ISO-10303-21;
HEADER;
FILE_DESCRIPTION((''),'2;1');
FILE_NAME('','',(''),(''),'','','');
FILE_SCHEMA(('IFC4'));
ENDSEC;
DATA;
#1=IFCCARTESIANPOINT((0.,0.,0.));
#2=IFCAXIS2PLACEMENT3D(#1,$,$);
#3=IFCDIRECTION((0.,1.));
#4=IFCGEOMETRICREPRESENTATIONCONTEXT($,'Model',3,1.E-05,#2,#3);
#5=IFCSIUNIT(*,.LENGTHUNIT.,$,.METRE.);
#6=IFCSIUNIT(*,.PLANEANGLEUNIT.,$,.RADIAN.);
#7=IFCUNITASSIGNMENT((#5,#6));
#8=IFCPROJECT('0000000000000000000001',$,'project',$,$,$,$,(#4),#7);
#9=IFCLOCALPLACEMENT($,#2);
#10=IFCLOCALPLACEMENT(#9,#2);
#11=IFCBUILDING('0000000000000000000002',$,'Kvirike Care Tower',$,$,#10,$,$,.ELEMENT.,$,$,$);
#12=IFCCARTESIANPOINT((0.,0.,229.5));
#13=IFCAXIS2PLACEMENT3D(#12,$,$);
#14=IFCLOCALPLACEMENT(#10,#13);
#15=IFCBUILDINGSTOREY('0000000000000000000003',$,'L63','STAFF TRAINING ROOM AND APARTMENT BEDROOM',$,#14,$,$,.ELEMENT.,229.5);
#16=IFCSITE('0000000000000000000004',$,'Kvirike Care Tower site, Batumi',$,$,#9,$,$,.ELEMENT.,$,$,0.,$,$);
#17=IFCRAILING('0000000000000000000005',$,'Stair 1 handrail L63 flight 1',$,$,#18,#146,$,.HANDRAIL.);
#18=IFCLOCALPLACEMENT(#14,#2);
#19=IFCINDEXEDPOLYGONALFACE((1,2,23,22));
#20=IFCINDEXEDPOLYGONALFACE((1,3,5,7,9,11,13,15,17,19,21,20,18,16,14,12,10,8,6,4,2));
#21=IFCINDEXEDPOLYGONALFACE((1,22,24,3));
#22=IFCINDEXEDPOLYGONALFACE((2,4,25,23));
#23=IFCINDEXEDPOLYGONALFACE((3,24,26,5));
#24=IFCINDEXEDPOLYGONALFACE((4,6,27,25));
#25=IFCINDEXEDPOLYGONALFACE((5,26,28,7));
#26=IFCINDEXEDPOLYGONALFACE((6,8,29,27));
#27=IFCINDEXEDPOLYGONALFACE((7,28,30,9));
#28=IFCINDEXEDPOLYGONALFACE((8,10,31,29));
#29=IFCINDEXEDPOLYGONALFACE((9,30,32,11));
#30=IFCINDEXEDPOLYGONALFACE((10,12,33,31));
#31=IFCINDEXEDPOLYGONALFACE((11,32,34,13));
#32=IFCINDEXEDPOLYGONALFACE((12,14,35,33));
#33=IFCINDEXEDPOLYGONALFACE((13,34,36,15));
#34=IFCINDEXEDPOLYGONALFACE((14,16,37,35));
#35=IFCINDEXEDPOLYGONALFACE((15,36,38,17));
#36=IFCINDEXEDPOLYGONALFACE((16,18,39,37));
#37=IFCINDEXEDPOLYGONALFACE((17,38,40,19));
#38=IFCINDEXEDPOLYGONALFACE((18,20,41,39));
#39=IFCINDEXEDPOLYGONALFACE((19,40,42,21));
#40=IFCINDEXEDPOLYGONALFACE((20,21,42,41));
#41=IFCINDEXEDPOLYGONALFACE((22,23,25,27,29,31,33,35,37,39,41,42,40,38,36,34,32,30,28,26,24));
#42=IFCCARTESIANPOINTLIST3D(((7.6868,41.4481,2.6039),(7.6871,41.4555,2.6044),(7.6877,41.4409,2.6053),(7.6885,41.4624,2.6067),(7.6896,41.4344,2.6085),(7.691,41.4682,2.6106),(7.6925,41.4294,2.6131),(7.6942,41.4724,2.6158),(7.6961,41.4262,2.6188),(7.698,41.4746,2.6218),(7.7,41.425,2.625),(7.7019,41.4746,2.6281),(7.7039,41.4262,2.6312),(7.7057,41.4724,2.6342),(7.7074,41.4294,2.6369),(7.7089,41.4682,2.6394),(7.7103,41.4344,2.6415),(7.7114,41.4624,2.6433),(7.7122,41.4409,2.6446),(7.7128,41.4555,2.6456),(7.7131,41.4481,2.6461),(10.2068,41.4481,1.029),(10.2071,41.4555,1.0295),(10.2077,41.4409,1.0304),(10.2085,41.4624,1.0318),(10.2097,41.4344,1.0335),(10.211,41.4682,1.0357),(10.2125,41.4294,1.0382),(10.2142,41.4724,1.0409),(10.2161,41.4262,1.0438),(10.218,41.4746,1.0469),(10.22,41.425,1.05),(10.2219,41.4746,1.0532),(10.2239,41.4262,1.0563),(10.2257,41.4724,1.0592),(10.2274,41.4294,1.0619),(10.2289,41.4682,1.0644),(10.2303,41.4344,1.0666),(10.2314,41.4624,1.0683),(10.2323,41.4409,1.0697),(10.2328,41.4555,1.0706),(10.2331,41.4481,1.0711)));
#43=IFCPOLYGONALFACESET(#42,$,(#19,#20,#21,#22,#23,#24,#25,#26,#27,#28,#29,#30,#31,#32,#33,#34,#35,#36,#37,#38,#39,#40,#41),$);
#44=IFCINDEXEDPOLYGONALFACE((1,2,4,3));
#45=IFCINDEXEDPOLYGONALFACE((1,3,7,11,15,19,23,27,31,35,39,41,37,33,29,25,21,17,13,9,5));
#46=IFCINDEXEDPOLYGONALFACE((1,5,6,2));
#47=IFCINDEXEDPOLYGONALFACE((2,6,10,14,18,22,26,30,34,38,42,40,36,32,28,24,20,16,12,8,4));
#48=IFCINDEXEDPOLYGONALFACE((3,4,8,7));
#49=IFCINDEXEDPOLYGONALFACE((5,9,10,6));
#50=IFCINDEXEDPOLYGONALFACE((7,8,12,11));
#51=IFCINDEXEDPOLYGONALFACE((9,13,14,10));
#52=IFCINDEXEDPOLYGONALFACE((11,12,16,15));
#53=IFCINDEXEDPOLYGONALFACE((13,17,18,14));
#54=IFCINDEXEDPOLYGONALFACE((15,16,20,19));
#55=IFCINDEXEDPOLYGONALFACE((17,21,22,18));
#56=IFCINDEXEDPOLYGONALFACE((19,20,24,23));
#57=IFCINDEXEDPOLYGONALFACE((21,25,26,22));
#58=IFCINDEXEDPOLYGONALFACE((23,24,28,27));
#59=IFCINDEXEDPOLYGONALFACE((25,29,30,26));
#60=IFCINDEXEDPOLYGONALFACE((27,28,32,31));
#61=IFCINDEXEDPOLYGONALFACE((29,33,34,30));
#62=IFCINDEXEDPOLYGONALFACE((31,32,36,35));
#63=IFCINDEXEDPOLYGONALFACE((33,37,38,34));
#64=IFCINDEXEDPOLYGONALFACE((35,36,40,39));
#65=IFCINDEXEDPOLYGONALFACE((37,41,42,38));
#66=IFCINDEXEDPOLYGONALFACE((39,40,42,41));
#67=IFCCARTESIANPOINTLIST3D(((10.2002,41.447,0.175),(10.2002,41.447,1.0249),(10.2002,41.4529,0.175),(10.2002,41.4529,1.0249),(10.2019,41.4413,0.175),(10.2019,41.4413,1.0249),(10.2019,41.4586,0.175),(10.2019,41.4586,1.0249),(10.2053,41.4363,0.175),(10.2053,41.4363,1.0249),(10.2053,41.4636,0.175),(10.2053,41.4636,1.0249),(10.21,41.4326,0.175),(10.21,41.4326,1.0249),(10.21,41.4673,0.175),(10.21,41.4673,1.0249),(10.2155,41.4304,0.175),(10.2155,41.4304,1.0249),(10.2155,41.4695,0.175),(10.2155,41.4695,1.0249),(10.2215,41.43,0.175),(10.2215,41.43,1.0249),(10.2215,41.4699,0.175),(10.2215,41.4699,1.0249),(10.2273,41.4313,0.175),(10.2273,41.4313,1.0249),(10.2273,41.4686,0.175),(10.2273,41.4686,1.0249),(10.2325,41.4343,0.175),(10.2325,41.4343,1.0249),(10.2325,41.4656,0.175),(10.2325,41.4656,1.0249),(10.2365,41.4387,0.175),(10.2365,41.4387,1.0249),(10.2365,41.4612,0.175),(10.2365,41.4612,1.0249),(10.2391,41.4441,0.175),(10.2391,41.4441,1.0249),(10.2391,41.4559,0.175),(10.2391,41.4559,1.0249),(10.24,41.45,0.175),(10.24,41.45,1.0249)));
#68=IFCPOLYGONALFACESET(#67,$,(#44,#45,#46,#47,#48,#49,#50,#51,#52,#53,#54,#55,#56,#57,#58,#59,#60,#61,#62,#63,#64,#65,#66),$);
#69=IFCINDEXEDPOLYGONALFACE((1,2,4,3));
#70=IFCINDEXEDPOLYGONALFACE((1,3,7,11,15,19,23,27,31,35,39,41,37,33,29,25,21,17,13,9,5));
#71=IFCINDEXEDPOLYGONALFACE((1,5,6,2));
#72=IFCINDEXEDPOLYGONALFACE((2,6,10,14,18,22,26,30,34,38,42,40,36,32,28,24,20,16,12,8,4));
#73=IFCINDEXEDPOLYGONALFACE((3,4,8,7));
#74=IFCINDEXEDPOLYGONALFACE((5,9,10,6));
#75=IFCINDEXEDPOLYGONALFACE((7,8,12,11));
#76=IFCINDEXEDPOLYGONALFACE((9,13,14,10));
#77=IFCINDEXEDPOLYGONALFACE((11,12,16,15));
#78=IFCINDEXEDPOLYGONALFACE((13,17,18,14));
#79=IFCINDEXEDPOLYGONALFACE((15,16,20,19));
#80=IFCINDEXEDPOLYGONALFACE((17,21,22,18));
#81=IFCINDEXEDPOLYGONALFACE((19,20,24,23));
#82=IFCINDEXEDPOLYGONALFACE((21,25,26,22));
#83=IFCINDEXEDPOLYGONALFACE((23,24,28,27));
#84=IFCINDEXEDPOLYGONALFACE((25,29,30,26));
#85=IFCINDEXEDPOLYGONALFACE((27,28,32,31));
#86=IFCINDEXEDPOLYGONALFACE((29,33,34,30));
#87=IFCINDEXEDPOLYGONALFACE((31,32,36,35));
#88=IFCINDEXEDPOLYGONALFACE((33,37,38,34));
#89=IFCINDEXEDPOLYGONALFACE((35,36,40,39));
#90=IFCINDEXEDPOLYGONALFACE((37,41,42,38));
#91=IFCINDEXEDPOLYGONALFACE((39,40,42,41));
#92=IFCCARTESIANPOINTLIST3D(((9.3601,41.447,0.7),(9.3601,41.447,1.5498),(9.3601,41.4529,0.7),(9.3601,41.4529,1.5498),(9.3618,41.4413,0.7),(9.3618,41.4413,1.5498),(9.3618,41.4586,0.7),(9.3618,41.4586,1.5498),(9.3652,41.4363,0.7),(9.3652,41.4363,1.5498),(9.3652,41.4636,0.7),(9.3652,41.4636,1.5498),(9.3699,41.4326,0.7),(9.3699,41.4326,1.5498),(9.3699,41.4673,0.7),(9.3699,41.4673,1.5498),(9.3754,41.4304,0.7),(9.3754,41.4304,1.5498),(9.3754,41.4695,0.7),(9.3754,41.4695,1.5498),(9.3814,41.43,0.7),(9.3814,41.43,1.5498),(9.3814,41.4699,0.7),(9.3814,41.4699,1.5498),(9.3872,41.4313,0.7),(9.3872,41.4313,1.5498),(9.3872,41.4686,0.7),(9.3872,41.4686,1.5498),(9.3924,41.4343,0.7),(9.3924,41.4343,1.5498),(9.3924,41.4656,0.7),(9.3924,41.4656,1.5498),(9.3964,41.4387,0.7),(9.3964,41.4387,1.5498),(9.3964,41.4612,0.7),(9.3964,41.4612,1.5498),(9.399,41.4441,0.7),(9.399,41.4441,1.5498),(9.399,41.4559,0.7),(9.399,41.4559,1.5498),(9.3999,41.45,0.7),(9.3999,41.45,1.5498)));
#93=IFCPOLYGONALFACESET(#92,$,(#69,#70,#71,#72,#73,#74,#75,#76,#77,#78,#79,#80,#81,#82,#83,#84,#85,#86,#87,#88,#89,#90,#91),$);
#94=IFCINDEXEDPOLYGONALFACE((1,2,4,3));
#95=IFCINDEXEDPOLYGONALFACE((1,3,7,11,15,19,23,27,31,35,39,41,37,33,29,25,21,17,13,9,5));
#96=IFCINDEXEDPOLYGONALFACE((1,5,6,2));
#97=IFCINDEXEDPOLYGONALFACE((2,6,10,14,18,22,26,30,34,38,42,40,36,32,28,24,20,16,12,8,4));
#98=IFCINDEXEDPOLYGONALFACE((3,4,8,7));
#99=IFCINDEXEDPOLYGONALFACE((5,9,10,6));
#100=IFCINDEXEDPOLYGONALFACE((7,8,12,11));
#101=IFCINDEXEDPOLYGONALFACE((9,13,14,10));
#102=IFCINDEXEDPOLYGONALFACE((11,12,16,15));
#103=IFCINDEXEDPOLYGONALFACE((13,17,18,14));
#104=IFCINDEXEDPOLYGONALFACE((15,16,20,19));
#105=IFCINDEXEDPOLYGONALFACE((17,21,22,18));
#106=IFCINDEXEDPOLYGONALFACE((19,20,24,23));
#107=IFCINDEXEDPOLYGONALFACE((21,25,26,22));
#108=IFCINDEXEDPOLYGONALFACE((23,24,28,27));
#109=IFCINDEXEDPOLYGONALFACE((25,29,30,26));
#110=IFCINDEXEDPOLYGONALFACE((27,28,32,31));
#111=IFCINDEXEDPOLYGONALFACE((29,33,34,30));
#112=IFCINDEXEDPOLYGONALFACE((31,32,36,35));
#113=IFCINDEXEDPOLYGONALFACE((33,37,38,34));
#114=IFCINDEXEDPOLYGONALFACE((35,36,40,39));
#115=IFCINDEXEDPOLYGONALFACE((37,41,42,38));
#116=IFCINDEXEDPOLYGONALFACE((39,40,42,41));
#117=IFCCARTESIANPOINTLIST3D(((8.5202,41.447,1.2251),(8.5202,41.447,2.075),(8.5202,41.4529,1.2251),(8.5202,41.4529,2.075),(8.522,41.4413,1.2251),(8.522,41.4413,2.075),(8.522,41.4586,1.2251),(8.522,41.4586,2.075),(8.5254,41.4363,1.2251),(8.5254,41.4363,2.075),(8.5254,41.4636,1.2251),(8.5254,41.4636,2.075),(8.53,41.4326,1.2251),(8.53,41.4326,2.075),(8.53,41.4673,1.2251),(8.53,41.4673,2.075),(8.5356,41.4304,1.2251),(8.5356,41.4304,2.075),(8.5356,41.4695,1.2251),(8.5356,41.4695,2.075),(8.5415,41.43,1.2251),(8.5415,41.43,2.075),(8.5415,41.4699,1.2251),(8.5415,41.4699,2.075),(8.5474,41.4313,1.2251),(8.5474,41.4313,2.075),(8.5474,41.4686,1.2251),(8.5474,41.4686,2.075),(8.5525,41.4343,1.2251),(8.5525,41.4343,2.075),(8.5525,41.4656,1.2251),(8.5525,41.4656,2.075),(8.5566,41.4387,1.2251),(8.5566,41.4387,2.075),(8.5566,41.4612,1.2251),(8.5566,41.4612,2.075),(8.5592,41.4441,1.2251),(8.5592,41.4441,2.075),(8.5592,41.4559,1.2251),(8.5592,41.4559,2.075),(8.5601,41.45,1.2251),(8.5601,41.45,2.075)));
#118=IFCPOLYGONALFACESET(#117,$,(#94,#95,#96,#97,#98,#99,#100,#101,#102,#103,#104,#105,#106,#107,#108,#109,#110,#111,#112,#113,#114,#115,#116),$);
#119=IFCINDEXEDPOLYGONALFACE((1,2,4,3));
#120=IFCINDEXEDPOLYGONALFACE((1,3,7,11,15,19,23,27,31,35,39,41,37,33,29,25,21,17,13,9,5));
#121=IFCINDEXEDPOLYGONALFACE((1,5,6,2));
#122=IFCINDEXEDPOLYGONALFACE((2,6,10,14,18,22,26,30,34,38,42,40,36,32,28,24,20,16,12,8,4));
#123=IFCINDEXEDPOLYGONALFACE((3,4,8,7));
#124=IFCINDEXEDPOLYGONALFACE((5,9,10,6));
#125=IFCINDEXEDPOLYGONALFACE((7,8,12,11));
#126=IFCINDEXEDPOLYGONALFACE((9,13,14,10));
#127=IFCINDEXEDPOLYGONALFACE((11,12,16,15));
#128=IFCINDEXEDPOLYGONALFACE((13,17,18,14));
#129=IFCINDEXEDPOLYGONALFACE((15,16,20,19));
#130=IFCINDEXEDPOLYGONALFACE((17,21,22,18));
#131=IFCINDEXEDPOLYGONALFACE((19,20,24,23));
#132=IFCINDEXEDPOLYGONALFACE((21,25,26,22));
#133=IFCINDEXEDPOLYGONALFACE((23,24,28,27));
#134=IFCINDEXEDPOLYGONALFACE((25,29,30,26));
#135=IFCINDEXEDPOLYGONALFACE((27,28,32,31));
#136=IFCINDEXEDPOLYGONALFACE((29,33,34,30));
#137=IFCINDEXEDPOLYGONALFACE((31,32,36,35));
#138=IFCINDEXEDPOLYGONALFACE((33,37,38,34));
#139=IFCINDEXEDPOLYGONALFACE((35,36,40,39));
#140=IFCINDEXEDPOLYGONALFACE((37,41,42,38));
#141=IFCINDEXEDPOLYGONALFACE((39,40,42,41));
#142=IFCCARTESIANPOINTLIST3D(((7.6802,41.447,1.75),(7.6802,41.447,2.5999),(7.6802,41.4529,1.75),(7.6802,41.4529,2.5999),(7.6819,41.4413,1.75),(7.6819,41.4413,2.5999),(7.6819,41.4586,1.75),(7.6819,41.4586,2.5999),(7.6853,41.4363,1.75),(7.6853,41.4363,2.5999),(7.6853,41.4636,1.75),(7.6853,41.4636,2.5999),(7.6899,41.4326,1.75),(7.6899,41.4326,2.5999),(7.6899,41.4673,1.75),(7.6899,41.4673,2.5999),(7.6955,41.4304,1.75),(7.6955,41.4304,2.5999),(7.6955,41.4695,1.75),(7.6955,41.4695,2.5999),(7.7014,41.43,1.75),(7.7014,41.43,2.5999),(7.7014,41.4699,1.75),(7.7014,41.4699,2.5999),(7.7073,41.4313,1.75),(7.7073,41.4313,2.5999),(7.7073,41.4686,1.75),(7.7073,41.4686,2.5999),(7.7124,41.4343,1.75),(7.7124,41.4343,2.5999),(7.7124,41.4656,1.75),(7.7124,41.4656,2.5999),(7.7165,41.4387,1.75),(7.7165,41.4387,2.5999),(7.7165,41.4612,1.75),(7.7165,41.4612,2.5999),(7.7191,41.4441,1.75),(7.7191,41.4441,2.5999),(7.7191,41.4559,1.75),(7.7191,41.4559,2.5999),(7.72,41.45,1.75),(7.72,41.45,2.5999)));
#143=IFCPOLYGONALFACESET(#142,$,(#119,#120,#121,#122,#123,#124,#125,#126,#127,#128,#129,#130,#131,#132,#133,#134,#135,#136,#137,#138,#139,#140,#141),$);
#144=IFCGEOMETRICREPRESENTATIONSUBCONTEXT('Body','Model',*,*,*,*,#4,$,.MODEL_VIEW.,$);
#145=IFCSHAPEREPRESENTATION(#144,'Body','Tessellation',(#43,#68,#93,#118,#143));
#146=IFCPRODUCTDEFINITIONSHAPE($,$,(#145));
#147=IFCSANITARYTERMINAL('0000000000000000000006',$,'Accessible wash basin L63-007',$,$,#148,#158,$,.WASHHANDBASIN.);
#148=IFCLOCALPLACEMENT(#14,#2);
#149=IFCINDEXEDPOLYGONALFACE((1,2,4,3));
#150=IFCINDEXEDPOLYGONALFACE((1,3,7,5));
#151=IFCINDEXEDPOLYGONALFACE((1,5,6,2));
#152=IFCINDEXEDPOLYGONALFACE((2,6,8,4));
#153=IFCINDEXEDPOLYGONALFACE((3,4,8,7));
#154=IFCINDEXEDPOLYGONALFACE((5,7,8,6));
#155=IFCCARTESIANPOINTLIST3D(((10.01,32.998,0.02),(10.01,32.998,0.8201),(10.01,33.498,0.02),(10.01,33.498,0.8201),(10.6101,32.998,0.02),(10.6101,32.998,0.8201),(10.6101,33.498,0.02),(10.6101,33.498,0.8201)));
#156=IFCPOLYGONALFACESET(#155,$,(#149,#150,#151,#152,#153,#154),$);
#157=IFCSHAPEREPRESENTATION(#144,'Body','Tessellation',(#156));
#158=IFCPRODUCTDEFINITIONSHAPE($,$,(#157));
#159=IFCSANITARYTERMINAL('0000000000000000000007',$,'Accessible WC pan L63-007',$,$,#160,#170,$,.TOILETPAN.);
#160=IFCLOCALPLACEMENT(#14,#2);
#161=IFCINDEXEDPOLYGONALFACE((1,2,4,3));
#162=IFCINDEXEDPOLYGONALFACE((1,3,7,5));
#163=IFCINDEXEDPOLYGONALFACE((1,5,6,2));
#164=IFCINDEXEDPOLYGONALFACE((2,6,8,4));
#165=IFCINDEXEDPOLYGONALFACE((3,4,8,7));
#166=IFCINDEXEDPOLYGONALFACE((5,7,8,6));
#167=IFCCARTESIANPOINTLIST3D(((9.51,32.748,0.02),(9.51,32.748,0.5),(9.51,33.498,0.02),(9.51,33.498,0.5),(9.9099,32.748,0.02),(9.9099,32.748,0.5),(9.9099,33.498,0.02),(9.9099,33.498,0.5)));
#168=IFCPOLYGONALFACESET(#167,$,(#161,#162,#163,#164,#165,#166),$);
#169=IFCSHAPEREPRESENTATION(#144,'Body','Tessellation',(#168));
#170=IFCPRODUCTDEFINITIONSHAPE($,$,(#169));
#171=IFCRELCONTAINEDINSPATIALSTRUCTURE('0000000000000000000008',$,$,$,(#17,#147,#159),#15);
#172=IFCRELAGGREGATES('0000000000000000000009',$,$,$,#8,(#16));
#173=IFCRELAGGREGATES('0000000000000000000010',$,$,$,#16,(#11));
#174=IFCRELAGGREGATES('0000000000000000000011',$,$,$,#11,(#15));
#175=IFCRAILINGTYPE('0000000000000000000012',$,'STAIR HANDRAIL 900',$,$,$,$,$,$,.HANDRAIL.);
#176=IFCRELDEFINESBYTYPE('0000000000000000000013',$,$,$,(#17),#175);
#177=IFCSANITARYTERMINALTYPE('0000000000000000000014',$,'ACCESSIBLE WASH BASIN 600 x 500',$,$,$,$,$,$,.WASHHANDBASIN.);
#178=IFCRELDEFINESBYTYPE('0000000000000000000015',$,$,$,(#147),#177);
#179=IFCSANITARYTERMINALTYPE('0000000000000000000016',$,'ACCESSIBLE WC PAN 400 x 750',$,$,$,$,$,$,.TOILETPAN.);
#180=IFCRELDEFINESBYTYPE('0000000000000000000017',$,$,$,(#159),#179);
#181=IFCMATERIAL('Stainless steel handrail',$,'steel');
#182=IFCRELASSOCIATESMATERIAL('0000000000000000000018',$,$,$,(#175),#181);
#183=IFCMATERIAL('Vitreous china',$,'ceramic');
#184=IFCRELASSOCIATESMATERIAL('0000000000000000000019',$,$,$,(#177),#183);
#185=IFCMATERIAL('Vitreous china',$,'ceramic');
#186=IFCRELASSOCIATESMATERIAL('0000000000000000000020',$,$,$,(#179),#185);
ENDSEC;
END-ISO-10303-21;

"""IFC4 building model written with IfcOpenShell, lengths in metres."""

from ifc_helpers import new_model, si_unit, direction, frame, origin, origin_2d, place, context, subcontext, project, spatial, rectangle, circle, extrude, material, type_object, element, save


model = new_model("IFC4")

# Units and contexts
model_context = context("Model", 3, precision=1e-05, world=origin(), true_north=direction((0.0, 1.0)))
body_context = subcontext(model_context, "Body", "Model", "MODEL_VIEW")
ifc_project = project(units=[si_unit("LENGTHUNIT", "METRE"), si_unit("PLANEANGLEUNIT", "RADIAN")], contexts=[model_context])

# Site, building, storey
site_placement = place(None, origin())
site = spatial("IfcSite", under=ifc_project, at=site_placement, Name="Kvirike Care Tower site, Batumi", CompositionType="ELEMENT", RefElevation=0.0)
building_placement = place(site_placement, origin())
building = spatial("IfcBuilding", under=site, at=building_placement, Name="Kvirike Care Tower", CompositionType="ELEMENT")
storey_placement = place(building_placement, frame((0.0, 0.0, 229.5)))
storey = spatial("IfcBuildingStorey", under=building, at=storey_placement, Name="L63", Description="STAFF TRAINING ROOM AND APARTMENT BEDROOM", CompositionType="ELEMENT", Elevation=229.5)

# Railing
ifc_material_1 = material(Name="Stainless steel handrail", Category="steel")
railing_type = type_object("IfcRailingType", Name="STAIR HANDRAIL 900", PredefinedType="HANDRAIL", material=ifc_material_1)
railing_placement = place(storey_placement, frame((10.22, 41.45, 0.175)))
element("IfcRailing", 1, at=railing_placement, inside=storey, type_object=railing_type, Name="Stair 1 handrail L63 flight 1", PredefinedType="HANDRAIL", context=body_context, shape_type="SweptSolid", body=[
    extrude(circle(Radius=0.0249, at=origin_2d()), frame((0.0, 0.0, 0.875), z_axis=(-0.848008, 0.0, 0.529984), x_axis=(0.0, -1.0, 0.0)), (0.0, 0.0, 1.0), 2.9717),
    extrude(circle(Radius=0.02, at=origin_2d()), origin(), (0.0, 0.0, 1.0), 0.8499),
    extrude(circle(Radius=0.02, at=origin_2d()), frame((-0.8401, 0.0, 0.5249)), (0.0, 0.0, 1.0), 0.8499),
    extrude(circle(Radius=0.02, at=origin_2d()), frame((-1.6799, 0.0, 1.05)), (0.0, 0.0, 1.0), 0.8499),
    extrude(circle(Radius=0.02, at=origin_2d()), frame((-2.52, 0.0, 1.575)), (0.0, 0.0, 1.0), 0.8499),
])

# Sanitary terminals
ifc_material_2 = material(Name="Vitreous china", Category="ceramic")
sanitary_terminal_type_1 = type_object("IfcSanitaryTerminalType", Name="ACCESSIBLE WASH BASIN 600 x 500", PredefinedType="WASHHANDBASIN", material=ifc_material_2)
sanitary_terminal_1_placement = place(storey_placement, frame((10.3101, 33.248, 0.02), z_axis=(0.0, 0.0, 1.0), x_axis=(1.0, 0.0, 0.0)))
element("IfcSanitaryTerminal", 2, at=sanitary_terminal_1_placement, inside=storey, type_object=sanitary_terminal_type_1, Name="Accessible wash basin L63-007", PredefinedType="WASHHANDBASIN", context=body_context, shape_type="SweptSolid", body=[
    extrude(rectangle(XDim=0.6001, YDim=0.5, at=origin_2d()), origin(), (0.0, 0.0, 1.0), 0.8),
])
ifc_material_3 = material(Name="Vitreous china", Category="ceramic")
sanitary_terminal_type_2 = type_object("IfcSanitaryTerminalType", Name="ACCESSIBLE WC PAN 400 x 750", PredefinedType="TOILETPAN", material=ifc_material_3)
sanitary_terminal_2_placement = place(storey_placement, frame((9.71, 33.123, 0.02), z_axis=(0.0, 0.0, 1.0), x_axis=(1.0, 0.0, 0.0)))
element("IfcSanitaryTerminal", 3, at=sanitary_terminal_2_placement, inside=storey, type_object=sanitary_terminal_type_2, Name="Accessible WC pan L63-007", PredefinedType="TOILETPAN", context=body_context, shape_type="SweptSolid", body=[
    extrude(rectangle(XDim=0.3999, YDim=0.75, at=origin_2d()), origin(), (0.0, 0.0, 1.0), 0.48),
])

save(model, "model.ifc")
